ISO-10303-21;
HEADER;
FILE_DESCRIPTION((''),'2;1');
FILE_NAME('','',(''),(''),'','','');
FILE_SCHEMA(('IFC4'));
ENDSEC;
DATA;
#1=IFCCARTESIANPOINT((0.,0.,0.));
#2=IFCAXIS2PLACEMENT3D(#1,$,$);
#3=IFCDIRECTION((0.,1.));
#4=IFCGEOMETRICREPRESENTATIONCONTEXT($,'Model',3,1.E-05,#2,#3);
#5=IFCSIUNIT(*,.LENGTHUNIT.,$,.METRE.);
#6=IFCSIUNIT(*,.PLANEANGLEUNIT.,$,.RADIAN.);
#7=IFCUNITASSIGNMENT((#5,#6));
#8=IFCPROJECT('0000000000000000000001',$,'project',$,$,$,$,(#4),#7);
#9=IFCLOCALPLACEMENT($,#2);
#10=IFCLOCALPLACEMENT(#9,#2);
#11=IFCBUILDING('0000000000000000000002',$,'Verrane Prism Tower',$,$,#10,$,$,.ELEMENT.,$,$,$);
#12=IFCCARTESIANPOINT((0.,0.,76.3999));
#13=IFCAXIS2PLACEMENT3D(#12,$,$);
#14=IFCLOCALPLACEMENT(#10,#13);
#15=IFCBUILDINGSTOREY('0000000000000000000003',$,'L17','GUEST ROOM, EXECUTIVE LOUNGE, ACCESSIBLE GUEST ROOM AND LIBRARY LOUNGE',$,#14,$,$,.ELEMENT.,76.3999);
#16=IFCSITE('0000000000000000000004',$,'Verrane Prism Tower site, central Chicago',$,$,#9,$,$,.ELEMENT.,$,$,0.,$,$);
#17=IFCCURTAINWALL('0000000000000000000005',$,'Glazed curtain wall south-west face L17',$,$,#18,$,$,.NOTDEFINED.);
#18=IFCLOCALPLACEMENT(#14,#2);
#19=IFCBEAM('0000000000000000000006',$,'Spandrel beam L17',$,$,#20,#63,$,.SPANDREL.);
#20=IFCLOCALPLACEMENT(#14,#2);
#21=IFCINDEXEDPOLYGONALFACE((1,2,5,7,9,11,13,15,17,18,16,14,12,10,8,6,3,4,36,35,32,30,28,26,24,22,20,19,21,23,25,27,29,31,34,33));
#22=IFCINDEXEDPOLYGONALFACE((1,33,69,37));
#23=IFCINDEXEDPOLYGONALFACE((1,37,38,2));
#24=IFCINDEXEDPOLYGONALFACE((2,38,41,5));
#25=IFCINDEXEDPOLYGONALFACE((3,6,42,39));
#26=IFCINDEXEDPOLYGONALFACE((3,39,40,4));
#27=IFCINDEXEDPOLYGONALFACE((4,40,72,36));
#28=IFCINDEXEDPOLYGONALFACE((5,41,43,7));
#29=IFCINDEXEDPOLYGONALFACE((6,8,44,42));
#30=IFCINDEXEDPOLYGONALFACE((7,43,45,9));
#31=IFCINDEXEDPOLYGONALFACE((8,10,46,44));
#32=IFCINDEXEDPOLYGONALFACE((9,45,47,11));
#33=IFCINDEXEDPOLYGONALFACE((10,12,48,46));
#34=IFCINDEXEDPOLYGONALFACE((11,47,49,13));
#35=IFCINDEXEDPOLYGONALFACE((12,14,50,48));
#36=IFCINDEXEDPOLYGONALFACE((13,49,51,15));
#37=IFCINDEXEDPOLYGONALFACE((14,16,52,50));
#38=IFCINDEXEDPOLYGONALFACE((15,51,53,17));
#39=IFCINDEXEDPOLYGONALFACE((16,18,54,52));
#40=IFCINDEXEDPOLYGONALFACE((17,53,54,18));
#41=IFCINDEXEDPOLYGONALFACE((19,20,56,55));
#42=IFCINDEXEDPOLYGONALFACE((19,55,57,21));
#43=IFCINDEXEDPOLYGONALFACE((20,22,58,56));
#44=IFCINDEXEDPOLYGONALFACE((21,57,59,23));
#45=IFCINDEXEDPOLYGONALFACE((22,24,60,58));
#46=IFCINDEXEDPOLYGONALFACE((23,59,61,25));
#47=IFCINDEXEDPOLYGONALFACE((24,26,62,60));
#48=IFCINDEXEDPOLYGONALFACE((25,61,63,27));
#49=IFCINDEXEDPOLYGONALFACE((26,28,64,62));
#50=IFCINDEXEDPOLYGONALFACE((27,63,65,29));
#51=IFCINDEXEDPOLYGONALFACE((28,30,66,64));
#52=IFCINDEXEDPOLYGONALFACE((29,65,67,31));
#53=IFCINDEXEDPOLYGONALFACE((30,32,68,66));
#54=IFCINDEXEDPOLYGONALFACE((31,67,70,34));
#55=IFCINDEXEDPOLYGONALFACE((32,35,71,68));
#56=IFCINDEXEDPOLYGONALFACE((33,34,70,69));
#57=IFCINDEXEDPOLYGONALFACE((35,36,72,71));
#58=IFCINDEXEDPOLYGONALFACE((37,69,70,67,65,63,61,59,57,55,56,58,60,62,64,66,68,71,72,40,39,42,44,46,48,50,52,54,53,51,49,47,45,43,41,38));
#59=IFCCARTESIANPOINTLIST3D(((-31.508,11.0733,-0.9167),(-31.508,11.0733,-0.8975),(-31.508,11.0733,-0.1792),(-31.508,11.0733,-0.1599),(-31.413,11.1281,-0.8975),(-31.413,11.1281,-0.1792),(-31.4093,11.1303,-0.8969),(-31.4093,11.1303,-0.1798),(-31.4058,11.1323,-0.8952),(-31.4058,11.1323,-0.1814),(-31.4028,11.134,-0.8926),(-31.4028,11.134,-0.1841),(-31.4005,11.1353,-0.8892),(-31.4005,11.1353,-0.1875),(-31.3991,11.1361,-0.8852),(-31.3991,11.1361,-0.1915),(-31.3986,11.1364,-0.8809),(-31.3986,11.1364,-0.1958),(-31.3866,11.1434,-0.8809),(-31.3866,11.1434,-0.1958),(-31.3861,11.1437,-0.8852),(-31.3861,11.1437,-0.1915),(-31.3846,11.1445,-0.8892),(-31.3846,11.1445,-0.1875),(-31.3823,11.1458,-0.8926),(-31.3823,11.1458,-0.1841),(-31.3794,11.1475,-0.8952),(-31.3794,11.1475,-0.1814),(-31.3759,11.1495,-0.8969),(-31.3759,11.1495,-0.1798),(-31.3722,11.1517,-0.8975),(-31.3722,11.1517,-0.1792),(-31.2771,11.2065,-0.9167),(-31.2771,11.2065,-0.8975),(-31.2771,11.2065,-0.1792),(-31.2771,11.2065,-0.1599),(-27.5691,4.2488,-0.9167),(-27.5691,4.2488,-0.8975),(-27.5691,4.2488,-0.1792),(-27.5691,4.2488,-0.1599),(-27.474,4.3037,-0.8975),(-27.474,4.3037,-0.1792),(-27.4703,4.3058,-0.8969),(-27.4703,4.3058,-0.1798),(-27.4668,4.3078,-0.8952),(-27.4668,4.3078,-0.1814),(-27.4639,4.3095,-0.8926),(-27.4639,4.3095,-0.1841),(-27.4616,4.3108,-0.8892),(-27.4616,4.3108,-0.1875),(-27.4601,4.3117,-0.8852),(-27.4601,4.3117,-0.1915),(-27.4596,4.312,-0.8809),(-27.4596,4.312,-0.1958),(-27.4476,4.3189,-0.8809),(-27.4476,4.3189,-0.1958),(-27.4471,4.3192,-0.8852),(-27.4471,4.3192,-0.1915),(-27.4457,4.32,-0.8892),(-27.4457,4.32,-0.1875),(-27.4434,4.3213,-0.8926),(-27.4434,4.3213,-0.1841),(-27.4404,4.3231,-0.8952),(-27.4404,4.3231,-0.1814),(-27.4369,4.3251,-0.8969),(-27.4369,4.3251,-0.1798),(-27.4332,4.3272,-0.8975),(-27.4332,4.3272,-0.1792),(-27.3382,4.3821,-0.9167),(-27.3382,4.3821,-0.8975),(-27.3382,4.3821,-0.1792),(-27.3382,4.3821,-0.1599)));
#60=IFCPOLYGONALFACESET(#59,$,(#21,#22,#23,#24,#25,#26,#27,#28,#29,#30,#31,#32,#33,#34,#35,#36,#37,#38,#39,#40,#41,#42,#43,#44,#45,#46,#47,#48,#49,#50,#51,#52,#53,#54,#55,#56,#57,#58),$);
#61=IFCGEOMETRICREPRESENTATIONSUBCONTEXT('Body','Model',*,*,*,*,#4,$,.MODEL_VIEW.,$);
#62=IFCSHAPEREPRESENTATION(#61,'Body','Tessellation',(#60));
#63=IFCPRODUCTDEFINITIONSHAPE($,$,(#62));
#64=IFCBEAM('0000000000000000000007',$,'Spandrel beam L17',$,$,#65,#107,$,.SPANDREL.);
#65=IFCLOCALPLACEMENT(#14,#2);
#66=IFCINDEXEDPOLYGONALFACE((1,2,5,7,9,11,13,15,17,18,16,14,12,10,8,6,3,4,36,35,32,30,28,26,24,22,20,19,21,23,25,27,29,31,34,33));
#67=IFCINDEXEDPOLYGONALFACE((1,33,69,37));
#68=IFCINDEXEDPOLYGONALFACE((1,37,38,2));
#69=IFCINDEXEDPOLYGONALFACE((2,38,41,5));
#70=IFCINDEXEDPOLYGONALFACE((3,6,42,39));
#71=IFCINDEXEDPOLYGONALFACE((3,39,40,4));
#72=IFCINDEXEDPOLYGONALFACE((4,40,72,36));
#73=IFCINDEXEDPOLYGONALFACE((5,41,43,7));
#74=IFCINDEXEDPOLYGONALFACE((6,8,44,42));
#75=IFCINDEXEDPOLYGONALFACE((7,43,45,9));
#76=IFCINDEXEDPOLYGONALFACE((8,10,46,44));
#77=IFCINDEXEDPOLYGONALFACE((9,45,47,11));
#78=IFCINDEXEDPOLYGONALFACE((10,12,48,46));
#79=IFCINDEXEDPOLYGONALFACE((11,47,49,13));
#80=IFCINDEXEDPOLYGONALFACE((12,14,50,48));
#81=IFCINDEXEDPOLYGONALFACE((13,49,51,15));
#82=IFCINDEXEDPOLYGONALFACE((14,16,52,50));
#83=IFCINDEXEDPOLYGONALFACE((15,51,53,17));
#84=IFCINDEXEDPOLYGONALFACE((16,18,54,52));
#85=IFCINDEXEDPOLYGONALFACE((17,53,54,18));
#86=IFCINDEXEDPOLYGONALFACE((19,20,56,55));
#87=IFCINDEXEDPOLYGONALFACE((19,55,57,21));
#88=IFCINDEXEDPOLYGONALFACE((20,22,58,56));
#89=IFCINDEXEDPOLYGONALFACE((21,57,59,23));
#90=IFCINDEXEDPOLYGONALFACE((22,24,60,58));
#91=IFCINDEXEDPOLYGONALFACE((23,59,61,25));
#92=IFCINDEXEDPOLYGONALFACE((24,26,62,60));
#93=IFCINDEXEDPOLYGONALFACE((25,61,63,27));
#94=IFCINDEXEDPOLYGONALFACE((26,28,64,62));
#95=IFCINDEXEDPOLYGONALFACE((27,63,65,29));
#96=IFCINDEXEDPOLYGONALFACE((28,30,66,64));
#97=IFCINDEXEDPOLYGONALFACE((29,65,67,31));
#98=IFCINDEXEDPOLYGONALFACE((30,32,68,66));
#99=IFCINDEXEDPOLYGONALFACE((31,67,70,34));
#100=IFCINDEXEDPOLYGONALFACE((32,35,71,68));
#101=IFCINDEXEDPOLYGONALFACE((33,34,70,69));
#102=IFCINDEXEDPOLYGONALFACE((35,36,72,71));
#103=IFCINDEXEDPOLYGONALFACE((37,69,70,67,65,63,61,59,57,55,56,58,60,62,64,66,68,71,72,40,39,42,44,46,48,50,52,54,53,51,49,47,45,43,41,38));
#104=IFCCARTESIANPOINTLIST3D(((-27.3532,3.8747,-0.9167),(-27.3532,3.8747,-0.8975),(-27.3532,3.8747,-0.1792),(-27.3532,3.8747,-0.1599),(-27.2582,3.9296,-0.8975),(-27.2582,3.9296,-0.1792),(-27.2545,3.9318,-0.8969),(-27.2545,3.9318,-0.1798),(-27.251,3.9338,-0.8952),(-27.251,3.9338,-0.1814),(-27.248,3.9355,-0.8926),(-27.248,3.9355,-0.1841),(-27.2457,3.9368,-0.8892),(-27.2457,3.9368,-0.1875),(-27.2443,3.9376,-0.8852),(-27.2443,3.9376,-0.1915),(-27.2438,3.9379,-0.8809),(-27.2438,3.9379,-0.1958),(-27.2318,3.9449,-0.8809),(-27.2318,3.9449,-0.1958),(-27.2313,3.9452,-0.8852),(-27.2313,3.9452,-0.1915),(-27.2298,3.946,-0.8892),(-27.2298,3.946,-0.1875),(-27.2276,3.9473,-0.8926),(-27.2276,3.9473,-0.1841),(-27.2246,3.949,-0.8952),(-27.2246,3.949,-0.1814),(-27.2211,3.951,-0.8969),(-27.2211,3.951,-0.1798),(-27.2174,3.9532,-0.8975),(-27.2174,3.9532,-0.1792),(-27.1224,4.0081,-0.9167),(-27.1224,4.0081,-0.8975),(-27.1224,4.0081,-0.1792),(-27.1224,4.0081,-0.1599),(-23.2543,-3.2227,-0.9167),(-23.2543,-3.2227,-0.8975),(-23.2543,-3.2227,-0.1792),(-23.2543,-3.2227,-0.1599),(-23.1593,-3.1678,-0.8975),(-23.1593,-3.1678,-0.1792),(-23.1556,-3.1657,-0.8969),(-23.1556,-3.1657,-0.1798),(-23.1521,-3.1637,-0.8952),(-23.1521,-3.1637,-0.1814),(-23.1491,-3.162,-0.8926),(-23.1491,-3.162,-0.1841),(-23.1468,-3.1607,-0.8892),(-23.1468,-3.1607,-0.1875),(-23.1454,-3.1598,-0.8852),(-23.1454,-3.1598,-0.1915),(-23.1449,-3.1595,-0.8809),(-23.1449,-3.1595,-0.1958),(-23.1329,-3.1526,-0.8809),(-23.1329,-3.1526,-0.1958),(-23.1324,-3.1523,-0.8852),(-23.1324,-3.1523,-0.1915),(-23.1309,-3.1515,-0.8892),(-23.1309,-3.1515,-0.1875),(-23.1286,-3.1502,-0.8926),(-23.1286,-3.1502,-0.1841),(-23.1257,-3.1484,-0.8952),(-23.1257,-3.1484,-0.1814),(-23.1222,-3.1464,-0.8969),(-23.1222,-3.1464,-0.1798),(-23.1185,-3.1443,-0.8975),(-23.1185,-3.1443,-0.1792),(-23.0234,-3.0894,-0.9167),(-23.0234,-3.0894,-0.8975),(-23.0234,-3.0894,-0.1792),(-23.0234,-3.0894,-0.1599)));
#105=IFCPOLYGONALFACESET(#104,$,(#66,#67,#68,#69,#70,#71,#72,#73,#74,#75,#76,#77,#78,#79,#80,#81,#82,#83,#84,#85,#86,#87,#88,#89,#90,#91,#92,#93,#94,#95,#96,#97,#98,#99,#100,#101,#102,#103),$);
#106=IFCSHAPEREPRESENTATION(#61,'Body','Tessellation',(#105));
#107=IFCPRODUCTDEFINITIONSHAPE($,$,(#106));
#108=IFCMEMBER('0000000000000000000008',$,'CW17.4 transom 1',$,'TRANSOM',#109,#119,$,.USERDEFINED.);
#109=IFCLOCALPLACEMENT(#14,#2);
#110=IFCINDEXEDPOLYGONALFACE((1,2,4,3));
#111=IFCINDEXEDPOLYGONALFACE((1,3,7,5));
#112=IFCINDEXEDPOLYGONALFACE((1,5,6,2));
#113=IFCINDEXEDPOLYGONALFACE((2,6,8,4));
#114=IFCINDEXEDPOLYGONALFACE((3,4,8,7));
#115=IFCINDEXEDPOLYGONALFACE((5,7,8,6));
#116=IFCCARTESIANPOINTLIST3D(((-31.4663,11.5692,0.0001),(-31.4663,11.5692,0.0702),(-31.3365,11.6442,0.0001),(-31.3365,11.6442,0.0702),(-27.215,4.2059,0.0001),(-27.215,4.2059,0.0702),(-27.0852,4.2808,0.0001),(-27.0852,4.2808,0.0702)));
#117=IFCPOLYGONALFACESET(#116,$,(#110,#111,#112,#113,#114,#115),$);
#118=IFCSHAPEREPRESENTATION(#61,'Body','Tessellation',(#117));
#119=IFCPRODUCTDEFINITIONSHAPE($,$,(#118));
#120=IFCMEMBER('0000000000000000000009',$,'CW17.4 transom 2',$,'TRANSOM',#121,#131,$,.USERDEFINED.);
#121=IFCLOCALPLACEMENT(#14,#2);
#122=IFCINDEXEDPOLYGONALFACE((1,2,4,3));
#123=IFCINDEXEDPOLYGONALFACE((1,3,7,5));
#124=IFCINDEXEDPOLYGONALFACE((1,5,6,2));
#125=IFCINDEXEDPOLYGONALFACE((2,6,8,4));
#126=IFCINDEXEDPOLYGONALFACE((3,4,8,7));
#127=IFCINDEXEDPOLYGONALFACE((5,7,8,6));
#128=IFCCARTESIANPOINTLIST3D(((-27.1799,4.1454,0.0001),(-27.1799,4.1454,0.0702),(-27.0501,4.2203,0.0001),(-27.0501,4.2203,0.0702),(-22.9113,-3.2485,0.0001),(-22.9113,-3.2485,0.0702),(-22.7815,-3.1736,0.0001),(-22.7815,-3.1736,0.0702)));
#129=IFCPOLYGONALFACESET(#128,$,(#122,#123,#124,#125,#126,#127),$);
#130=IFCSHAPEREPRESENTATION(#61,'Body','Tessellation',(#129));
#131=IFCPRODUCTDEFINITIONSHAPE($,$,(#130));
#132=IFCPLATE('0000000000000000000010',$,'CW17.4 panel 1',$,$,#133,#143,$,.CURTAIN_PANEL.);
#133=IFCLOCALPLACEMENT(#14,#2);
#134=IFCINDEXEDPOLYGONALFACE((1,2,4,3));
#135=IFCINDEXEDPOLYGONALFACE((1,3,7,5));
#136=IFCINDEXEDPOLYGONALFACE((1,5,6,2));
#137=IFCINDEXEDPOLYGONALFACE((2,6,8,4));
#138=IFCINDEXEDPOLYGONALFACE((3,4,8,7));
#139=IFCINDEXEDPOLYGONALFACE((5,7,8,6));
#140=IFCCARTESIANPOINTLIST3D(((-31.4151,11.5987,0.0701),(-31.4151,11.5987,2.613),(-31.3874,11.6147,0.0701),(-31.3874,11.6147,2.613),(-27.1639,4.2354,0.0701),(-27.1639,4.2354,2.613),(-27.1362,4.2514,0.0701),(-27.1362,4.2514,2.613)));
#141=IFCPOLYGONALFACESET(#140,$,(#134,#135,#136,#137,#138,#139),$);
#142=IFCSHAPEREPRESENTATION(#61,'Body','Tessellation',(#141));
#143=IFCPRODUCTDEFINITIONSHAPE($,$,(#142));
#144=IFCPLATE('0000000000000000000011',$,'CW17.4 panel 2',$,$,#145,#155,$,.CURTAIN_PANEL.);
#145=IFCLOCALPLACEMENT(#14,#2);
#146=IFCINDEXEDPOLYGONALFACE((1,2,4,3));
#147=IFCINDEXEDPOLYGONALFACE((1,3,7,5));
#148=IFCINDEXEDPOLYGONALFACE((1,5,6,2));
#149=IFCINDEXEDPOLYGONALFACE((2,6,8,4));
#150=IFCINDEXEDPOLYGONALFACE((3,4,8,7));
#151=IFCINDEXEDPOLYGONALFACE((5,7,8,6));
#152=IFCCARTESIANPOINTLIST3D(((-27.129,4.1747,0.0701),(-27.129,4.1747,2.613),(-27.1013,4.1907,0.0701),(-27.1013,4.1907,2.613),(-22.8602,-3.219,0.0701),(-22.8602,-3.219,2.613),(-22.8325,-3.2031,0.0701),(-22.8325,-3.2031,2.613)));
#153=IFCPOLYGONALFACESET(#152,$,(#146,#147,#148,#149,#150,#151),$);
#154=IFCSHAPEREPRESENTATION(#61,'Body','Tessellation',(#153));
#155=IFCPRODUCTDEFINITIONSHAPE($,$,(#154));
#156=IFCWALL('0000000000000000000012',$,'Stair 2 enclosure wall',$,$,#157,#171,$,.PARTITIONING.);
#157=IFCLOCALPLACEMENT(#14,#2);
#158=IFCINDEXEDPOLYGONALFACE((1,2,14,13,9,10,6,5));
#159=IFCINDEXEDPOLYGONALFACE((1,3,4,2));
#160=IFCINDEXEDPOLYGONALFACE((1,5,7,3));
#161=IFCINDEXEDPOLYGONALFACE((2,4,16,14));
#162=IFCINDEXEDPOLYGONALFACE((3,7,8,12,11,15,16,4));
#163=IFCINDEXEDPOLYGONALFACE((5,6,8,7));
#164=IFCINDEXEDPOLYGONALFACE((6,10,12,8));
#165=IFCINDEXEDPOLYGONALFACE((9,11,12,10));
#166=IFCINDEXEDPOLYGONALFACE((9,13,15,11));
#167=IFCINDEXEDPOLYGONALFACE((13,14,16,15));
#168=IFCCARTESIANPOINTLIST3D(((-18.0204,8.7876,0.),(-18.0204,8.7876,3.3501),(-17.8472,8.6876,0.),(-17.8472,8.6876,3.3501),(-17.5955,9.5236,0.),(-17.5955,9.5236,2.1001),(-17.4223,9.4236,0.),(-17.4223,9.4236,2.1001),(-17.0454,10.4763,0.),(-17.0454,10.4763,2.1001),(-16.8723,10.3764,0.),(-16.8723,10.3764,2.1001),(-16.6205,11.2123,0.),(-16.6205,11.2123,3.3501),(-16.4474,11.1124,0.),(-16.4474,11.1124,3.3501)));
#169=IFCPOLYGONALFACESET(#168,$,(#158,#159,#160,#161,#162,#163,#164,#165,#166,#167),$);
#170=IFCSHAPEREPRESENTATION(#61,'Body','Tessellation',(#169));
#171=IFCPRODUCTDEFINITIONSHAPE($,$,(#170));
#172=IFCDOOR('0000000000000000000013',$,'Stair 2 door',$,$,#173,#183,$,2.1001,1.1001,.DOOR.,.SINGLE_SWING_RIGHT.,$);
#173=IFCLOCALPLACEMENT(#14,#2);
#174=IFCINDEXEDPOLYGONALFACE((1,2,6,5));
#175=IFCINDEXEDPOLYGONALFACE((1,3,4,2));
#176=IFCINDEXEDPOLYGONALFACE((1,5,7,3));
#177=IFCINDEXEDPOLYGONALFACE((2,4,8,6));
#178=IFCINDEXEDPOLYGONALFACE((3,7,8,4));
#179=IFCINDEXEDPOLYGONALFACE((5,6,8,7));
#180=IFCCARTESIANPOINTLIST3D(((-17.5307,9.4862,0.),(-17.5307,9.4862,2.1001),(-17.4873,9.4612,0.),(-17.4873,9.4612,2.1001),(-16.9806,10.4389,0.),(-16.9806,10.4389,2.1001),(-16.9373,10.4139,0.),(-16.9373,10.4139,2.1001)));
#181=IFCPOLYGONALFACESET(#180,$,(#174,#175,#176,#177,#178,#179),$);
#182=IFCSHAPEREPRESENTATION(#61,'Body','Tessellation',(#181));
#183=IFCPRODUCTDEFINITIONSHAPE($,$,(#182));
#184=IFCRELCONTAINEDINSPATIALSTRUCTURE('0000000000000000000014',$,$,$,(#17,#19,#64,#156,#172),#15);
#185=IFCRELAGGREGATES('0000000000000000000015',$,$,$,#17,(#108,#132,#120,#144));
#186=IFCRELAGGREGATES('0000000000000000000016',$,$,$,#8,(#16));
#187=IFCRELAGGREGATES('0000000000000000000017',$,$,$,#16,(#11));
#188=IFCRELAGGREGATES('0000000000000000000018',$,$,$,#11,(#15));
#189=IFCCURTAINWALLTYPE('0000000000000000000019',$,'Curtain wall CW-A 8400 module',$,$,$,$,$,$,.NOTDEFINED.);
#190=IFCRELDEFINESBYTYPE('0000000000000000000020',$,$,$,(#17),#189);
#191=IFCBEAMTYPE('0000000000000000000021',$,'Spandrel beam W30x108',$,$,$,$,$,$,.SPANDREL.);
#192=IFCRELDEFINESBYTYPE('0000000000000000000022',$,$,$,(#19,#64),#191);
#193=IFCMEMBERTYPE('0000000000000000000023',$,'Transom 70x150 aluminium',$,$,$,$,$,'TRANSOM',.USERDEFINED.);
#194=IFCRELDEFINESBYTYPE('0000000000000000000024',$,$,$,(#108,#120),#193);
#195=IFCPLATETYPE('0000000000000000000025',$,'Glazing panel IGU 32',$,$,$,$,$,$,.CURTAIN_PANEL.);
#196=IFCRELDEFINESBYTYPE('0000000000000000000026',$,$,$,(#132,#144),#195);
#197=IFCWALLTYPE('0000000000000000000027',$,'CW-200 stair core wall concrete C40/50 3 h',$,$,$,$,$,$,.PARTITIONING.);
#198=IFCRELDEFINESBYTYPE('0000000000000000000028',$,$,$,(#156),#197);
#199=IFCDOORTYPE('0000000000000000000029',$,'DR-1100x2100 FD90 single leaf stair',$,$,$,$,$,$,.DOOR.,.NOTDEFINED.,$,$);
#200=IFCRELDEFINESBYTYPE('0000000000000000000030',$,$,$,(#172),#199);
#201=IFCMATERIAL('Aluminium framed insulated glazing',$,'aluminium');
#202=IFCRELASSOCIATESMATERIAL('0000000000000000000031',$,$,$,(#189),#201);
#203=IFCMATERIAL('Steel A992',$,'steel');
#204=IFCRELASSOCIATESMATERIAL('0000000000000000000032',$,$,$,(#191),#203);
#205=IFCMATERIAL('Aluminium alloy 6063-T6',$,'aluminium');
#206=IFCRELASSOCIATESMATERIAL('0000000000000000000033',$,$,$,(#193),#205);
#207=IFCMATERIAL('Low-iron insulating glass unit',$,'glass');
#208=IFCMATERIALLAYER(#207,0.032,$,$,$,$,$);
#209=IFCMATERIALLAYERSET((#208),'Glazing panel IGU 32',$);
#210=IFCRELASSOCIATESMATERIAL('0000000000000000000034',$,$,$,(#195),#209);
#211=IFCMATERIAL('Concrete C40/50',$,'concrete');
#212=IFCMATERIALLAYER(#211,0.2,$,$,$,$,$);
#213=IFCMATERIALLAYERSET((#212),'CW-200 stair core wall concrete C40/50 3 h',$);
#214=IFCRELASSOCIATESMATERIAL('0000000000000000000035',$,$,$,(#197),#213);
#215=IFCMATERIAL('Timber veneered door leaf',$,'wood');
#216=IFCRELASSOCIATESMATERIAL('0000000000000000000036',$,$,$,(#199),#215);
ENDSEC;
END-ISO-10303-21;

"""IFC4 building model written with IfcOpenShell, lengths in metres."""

from ifc_helpers import new_model, si_unit, direction, frame, frame_2d, origin, origin_2d, place, context, subcontext, project, spatial, rectangle, i_section, extrude, material, layer, layer_set, material_profile, profile_set, type_object, element, fill, aggregate, save


model = new_model("IFC4")

# Units and contexts
model_context = context("Model", 3, precision=1e-05, world=origin(), true_north=direction((0.0, 1.0)))
body_context = subcontext(model_context, "Body", "Model", "MODEL_VIEW")
ifc_project = project(units=[si_unit("LENGTHUNIT", "METRE"), si_unit("PLANEANGLEUNIT", "RADIAN")], contexts=[model_context])

# Site, building, storey
site_placement = place(None, origin())
site = spatial("IfcSite", under=ifc_project, at=site_placement, Name="Verrane Prism Tower site, central Chicago", CompositionType="ELEMENT", RefElevation=0.0)
building_placement = place(site_placement, origin())
building = spatial("IfcBuilding", under=site, at=building_placement, Name="Verrane Prism Tower", CompositionType="ELEMENT")
storey_placement = place(building_placement, frame((0.0, 0.0, 76.3999)))
storey = spatial("IfcBuildingStorey", under=building, at=storey_placement, Name="L17", Description="GUEST ROOM, EXECUTIVE LOUNGE, ACCESSIBLE GUEST ROOM AND LIBRARY LOUNGE", CompositionType="ELEMENT", Elevation=76.3999)

# Curtain wall
ifc_material_1 = material(Name="Aluminium framed insulated glazing", Category="aluminium")
curtain_wall_type = type_object("IfcCurtainWallType", Name="Curtain wall CW-A 8400 module", PredefinedType="NOTDEFINED", material=ifc_material_1)
curtain_wall_placement = place(storey_placement, origin())
curtain_wall = element("IfcCurtainWall", 1, at=curtain_wall_placement, inside=storey, type_object=curtain_wall_type, Name="Glazed curtain wall south-west face L17", PredefinedType="NOTDEFINED")

# Beams
ifc_material_2 = material(Name="Steel A992", Category="steel")
ifc_material_profile_1 = material_profile(ifc_material_2, i_section(OverallWidth=0.2666, OverallDepth=0.7568, WebThickness=0.0139, FlangeThickness=0.0193, FilletRadius=0.0166, at=origin_2d()), Name="W30x108")
ifc_profile_set_1 = profile_set([ifc_material_profile_1], Name="Steel A992")
beam_type_1 = type_object("IfcBeamType", Name="Spandrel beam W30x108", PredefinedType="SPANDREL", material=ifc_profile_set_1)
beam_1_placement = place(storey_placement, frame((-31.3926, 11.1399, -0.5383), z_axis=(0.499891, -0.866088, 0.0), x_axis=(0.866088, 0.499891, 0.0)))
element("IfcBeam", 2, at=beam_1_placement, inside=storey, type_object=beam_type_1, Name="Spandrel beam L17", PredefinedType="SPANDREL", context=body_context, shape_type="SweptSolid", body=[
    extrude(i_section(OverallWidth=0.2666, OverallDepth=0.7568, WebThickness=0.0139, FlangeThickness=0.0193, FilletRadius=0.0166, at=origin_2d()), origin(), (0.0, 0.0, 1.0), 7.8796),
])
beam_2_placement = place(storey_placement, frame((-27.2378, 3.9414, -0.5383), z_axis=(0.500108, -0.865963, 0.0), x_axis=(0.865963, 0.500108, 0.0)))
element("IfcBeam", 3, at=beam_2_placement, inside=storey, type_object=beam_type_1, Name="Spandrel beam L17", PredefinedType="SPANDREL", context=body_context, shape_type="SweptSolid", body=[
    extrude(i_section(OverallWidth=0.2666, OverallDepth=0.7568, WebThickness=0.0139, FlangeThickness=0.0193, FilletRadius=0.0166, at=origin_2d()), origin(), (0.0, 0.0, 1.0), 8.196),
])

# Members
ifc_material_3 = material(Name="Aluminium alloy 6063-T6", Category="aluminium")
ifc_material_profile_2 = material_profile(ifc_material_3, rectangle(XDim=0.1499, YDim=0.0701, at=origin_2d()), Name="Transom 70x150 aluminium")
ifc_profile_set_2 = profile_set([ifc_material_profile_2], Name="Aluminium alloy 6063-T6")
member_type_1 = type_object("IfcMemberType", Name="Transom 70x150 aluminium", ElementType="TRANSOM", PredefinedType="USERDEFINED", material=ifc_profile_set_2)
member_1_placement = place(storey_placement, frame((-31.4014, 11.6067, 0.0352), z_axis=(0.500002, -0.866024, 0.0), x_axis=(0.866024, 0.500002, 0.0)))
member_1 = element("IfcMember", 4, at=member_1_placement, type_object=member_type_1, Name="CW17.4 transom 1", ObjectType="TRANSOM", PredefinedType="USERDEFINED", context=body_context, shape_type="SweptSolid", body=[
    extrude(rectangle(XDim=0.1499, YDim=0.0701, at=origin_2d()), origin(), (0.0, 0.0, 1.0), 8.5024),
])
member_2_placement = place(storey_placement, frame((-27.115, 4.1829, 0.0352), z_axis=(0.499977, -0.866038, 0.0), x_axis=(0.866038, 0.499977, 0.0)))
member_2 = element("IfcMember", 5, at=member_2_placement, type_object=member_type_1, Name="CW17.4 transom 2", ObjectType="TRANSOM", PredefinedType="USERDEFINED", context=body_context, shape_type="SweptSolid", body=[
    extrude(rectangle(XDim=0.1499, YDim=0.0701, at=origin_2d()), origin(), (0.0, 0.0, 1.0), 8.5376),
])

# Plates
ifc_material_4 = material(Name="Low-iron insulating glass unit", Category="glass")
ifc_layer_1 = layer(ifc_material_4, 0.032)
ifc_layer_set_1 = layer_set([ifc_layer_1], Name="Glazing panel IGU 32")
plate_type = type_object("IfcPlateType", Name="Glazing panel IGU 32", PredefinedType="CURTAIN_PANEL", material=ifc_layer_set_1)
plate_1_placement = place(storey_placement, frame((-29.2756, 7.925, 0.0701), z_axis=(0.0, 0.0, 1.0), x_axis=(0.499999, -0.866026, 0.0)))
plate_1 = element("IfcPlate", 6, at=plate_1_placement, type_object=plate_type, Name="CW17.4 panel 1", PredefinedType="CURTAIN_PANEL", context=body_context, shape_type="SweptSolid", body=[
    extrude(rectangle(XDim=8.5024, YDim=0.032, at=origin_2d()), origin(), (0.0, 0.0, 1.0), 2.543),
])
plate_2_placement = place(storey_placement, frame((-24.9807, 0.4858, 0.0701), z_axis=(0.0, 0.0, 1.0), x_axis=(0.499999, -0.866026, 0.0)))
plate_2 = element("IfcPlate", 7, at=plate_2_placement, type_object=plate_type, Name="CW17.4 panel 2", PredefinedType="CURTAIN_PANEL", context=body_context, shape_type="SweptSolid", body=[
    extrude(rectangle(XDim=8.5376, YDim=0.032, at=origin_2d()), origin(), (0.0, 0.0, 1.0), 2.543),
])
aggregate(curtain_wall, [member_1, plate_1, member_2, plate_2])

# Wall, opening, door
ifc_material_5 = material(Name="Concrete C40/50", Category="concrete")
ifc_layer_2 = layer(ifc_material_5, 0.2)
ifc_layer_set_2 = layer_set([ifc_layer_2], Name="CW-200 stair core wall concrete C40/50 3 h")
wall_type_1 = type_object("IfcWallType", Name="CW-200 stair core wall concrete C40/50 3 h", PredefinedType="PARTITIONING", material=ifc_layer_set_2)
wall_1_placement = place(storey_placement, frame((-16.5339, 11.1624, 0.0), z_axis=(0.0, 0.0, 1.0), x_axis=(-0.499984, -0.866035, 0.0)))
wall_1 = element("IfcWall", 8, at=wall_1_placement, inside=storey, type_object=wall_type_1, Name="Stair 2 enclosure wall", PredefinedType="PARTITIONING", context=body_context, shape_type="SweptSolid", body=[
    extrude(rectangle(XDim=2.7998, YDim=0.2, at=frame_2d((1.3999, 0.0))), origin(), (0.0, 0.0, 1.0), 3.3501),
])
opening_1_placement = place(wall_1_placement, frame((0.8499, 0.0, 0.0)))
opening_1 = element("IfcOpeningElement", 9, at=opening_1_placement, cuts=wall_1, PredefinedType="OPENING", context=body_context, shape_type="SweptSolid", body=[
    extrude(rectangle(XDim=1.1001, YDim=2.1001, at=frame_2d((0.55, 1.05))), frame((0.0, 0.1099, 0.0), z_axis=(0.0, -1.0, 0.0), x_axis=(1.0, 0.0, 0.0)), (0.0, 0.0, 1.0), 0.22),
])
ifc_material_6 = material(Name="Timber veneered door leaf", Category="wood")
door_type_1 = type_object("IfcDoorType", Name="DR-1100x2100 FD90 single leaf stair", OperationType="NOTDEFINED", PredefinedType="DOOR", material=ifc_material_6)
door_1_placement = place(opening_1_placement, origin())
door_1 = element("IfcDoor", 10, at=door_1_placement, inside=storey, type_object=door_type_1, Name="Stair 2 door", OperationType="SINGLE_SWING_RIGHT", OverallHeight=2.1001, OverallWidth=1.1001, PredefinedType="DOOR", context=body_context, shape_type="SweptSolid", body=[
    extrude(rectangle(XDim=1.1001, YDim=2.1001, at=frame_2d((0.55, 1.05))), frame((0.0, 0.0249, 0.0), z_axis=(0.0, -1.0, 0.0), x_axis=(1.0, 0.0, 0.0)), (0.0, 0.0, 1.0), 0.05),
])
fill(opening_1, door_1)

save(model, "model.ifc")
